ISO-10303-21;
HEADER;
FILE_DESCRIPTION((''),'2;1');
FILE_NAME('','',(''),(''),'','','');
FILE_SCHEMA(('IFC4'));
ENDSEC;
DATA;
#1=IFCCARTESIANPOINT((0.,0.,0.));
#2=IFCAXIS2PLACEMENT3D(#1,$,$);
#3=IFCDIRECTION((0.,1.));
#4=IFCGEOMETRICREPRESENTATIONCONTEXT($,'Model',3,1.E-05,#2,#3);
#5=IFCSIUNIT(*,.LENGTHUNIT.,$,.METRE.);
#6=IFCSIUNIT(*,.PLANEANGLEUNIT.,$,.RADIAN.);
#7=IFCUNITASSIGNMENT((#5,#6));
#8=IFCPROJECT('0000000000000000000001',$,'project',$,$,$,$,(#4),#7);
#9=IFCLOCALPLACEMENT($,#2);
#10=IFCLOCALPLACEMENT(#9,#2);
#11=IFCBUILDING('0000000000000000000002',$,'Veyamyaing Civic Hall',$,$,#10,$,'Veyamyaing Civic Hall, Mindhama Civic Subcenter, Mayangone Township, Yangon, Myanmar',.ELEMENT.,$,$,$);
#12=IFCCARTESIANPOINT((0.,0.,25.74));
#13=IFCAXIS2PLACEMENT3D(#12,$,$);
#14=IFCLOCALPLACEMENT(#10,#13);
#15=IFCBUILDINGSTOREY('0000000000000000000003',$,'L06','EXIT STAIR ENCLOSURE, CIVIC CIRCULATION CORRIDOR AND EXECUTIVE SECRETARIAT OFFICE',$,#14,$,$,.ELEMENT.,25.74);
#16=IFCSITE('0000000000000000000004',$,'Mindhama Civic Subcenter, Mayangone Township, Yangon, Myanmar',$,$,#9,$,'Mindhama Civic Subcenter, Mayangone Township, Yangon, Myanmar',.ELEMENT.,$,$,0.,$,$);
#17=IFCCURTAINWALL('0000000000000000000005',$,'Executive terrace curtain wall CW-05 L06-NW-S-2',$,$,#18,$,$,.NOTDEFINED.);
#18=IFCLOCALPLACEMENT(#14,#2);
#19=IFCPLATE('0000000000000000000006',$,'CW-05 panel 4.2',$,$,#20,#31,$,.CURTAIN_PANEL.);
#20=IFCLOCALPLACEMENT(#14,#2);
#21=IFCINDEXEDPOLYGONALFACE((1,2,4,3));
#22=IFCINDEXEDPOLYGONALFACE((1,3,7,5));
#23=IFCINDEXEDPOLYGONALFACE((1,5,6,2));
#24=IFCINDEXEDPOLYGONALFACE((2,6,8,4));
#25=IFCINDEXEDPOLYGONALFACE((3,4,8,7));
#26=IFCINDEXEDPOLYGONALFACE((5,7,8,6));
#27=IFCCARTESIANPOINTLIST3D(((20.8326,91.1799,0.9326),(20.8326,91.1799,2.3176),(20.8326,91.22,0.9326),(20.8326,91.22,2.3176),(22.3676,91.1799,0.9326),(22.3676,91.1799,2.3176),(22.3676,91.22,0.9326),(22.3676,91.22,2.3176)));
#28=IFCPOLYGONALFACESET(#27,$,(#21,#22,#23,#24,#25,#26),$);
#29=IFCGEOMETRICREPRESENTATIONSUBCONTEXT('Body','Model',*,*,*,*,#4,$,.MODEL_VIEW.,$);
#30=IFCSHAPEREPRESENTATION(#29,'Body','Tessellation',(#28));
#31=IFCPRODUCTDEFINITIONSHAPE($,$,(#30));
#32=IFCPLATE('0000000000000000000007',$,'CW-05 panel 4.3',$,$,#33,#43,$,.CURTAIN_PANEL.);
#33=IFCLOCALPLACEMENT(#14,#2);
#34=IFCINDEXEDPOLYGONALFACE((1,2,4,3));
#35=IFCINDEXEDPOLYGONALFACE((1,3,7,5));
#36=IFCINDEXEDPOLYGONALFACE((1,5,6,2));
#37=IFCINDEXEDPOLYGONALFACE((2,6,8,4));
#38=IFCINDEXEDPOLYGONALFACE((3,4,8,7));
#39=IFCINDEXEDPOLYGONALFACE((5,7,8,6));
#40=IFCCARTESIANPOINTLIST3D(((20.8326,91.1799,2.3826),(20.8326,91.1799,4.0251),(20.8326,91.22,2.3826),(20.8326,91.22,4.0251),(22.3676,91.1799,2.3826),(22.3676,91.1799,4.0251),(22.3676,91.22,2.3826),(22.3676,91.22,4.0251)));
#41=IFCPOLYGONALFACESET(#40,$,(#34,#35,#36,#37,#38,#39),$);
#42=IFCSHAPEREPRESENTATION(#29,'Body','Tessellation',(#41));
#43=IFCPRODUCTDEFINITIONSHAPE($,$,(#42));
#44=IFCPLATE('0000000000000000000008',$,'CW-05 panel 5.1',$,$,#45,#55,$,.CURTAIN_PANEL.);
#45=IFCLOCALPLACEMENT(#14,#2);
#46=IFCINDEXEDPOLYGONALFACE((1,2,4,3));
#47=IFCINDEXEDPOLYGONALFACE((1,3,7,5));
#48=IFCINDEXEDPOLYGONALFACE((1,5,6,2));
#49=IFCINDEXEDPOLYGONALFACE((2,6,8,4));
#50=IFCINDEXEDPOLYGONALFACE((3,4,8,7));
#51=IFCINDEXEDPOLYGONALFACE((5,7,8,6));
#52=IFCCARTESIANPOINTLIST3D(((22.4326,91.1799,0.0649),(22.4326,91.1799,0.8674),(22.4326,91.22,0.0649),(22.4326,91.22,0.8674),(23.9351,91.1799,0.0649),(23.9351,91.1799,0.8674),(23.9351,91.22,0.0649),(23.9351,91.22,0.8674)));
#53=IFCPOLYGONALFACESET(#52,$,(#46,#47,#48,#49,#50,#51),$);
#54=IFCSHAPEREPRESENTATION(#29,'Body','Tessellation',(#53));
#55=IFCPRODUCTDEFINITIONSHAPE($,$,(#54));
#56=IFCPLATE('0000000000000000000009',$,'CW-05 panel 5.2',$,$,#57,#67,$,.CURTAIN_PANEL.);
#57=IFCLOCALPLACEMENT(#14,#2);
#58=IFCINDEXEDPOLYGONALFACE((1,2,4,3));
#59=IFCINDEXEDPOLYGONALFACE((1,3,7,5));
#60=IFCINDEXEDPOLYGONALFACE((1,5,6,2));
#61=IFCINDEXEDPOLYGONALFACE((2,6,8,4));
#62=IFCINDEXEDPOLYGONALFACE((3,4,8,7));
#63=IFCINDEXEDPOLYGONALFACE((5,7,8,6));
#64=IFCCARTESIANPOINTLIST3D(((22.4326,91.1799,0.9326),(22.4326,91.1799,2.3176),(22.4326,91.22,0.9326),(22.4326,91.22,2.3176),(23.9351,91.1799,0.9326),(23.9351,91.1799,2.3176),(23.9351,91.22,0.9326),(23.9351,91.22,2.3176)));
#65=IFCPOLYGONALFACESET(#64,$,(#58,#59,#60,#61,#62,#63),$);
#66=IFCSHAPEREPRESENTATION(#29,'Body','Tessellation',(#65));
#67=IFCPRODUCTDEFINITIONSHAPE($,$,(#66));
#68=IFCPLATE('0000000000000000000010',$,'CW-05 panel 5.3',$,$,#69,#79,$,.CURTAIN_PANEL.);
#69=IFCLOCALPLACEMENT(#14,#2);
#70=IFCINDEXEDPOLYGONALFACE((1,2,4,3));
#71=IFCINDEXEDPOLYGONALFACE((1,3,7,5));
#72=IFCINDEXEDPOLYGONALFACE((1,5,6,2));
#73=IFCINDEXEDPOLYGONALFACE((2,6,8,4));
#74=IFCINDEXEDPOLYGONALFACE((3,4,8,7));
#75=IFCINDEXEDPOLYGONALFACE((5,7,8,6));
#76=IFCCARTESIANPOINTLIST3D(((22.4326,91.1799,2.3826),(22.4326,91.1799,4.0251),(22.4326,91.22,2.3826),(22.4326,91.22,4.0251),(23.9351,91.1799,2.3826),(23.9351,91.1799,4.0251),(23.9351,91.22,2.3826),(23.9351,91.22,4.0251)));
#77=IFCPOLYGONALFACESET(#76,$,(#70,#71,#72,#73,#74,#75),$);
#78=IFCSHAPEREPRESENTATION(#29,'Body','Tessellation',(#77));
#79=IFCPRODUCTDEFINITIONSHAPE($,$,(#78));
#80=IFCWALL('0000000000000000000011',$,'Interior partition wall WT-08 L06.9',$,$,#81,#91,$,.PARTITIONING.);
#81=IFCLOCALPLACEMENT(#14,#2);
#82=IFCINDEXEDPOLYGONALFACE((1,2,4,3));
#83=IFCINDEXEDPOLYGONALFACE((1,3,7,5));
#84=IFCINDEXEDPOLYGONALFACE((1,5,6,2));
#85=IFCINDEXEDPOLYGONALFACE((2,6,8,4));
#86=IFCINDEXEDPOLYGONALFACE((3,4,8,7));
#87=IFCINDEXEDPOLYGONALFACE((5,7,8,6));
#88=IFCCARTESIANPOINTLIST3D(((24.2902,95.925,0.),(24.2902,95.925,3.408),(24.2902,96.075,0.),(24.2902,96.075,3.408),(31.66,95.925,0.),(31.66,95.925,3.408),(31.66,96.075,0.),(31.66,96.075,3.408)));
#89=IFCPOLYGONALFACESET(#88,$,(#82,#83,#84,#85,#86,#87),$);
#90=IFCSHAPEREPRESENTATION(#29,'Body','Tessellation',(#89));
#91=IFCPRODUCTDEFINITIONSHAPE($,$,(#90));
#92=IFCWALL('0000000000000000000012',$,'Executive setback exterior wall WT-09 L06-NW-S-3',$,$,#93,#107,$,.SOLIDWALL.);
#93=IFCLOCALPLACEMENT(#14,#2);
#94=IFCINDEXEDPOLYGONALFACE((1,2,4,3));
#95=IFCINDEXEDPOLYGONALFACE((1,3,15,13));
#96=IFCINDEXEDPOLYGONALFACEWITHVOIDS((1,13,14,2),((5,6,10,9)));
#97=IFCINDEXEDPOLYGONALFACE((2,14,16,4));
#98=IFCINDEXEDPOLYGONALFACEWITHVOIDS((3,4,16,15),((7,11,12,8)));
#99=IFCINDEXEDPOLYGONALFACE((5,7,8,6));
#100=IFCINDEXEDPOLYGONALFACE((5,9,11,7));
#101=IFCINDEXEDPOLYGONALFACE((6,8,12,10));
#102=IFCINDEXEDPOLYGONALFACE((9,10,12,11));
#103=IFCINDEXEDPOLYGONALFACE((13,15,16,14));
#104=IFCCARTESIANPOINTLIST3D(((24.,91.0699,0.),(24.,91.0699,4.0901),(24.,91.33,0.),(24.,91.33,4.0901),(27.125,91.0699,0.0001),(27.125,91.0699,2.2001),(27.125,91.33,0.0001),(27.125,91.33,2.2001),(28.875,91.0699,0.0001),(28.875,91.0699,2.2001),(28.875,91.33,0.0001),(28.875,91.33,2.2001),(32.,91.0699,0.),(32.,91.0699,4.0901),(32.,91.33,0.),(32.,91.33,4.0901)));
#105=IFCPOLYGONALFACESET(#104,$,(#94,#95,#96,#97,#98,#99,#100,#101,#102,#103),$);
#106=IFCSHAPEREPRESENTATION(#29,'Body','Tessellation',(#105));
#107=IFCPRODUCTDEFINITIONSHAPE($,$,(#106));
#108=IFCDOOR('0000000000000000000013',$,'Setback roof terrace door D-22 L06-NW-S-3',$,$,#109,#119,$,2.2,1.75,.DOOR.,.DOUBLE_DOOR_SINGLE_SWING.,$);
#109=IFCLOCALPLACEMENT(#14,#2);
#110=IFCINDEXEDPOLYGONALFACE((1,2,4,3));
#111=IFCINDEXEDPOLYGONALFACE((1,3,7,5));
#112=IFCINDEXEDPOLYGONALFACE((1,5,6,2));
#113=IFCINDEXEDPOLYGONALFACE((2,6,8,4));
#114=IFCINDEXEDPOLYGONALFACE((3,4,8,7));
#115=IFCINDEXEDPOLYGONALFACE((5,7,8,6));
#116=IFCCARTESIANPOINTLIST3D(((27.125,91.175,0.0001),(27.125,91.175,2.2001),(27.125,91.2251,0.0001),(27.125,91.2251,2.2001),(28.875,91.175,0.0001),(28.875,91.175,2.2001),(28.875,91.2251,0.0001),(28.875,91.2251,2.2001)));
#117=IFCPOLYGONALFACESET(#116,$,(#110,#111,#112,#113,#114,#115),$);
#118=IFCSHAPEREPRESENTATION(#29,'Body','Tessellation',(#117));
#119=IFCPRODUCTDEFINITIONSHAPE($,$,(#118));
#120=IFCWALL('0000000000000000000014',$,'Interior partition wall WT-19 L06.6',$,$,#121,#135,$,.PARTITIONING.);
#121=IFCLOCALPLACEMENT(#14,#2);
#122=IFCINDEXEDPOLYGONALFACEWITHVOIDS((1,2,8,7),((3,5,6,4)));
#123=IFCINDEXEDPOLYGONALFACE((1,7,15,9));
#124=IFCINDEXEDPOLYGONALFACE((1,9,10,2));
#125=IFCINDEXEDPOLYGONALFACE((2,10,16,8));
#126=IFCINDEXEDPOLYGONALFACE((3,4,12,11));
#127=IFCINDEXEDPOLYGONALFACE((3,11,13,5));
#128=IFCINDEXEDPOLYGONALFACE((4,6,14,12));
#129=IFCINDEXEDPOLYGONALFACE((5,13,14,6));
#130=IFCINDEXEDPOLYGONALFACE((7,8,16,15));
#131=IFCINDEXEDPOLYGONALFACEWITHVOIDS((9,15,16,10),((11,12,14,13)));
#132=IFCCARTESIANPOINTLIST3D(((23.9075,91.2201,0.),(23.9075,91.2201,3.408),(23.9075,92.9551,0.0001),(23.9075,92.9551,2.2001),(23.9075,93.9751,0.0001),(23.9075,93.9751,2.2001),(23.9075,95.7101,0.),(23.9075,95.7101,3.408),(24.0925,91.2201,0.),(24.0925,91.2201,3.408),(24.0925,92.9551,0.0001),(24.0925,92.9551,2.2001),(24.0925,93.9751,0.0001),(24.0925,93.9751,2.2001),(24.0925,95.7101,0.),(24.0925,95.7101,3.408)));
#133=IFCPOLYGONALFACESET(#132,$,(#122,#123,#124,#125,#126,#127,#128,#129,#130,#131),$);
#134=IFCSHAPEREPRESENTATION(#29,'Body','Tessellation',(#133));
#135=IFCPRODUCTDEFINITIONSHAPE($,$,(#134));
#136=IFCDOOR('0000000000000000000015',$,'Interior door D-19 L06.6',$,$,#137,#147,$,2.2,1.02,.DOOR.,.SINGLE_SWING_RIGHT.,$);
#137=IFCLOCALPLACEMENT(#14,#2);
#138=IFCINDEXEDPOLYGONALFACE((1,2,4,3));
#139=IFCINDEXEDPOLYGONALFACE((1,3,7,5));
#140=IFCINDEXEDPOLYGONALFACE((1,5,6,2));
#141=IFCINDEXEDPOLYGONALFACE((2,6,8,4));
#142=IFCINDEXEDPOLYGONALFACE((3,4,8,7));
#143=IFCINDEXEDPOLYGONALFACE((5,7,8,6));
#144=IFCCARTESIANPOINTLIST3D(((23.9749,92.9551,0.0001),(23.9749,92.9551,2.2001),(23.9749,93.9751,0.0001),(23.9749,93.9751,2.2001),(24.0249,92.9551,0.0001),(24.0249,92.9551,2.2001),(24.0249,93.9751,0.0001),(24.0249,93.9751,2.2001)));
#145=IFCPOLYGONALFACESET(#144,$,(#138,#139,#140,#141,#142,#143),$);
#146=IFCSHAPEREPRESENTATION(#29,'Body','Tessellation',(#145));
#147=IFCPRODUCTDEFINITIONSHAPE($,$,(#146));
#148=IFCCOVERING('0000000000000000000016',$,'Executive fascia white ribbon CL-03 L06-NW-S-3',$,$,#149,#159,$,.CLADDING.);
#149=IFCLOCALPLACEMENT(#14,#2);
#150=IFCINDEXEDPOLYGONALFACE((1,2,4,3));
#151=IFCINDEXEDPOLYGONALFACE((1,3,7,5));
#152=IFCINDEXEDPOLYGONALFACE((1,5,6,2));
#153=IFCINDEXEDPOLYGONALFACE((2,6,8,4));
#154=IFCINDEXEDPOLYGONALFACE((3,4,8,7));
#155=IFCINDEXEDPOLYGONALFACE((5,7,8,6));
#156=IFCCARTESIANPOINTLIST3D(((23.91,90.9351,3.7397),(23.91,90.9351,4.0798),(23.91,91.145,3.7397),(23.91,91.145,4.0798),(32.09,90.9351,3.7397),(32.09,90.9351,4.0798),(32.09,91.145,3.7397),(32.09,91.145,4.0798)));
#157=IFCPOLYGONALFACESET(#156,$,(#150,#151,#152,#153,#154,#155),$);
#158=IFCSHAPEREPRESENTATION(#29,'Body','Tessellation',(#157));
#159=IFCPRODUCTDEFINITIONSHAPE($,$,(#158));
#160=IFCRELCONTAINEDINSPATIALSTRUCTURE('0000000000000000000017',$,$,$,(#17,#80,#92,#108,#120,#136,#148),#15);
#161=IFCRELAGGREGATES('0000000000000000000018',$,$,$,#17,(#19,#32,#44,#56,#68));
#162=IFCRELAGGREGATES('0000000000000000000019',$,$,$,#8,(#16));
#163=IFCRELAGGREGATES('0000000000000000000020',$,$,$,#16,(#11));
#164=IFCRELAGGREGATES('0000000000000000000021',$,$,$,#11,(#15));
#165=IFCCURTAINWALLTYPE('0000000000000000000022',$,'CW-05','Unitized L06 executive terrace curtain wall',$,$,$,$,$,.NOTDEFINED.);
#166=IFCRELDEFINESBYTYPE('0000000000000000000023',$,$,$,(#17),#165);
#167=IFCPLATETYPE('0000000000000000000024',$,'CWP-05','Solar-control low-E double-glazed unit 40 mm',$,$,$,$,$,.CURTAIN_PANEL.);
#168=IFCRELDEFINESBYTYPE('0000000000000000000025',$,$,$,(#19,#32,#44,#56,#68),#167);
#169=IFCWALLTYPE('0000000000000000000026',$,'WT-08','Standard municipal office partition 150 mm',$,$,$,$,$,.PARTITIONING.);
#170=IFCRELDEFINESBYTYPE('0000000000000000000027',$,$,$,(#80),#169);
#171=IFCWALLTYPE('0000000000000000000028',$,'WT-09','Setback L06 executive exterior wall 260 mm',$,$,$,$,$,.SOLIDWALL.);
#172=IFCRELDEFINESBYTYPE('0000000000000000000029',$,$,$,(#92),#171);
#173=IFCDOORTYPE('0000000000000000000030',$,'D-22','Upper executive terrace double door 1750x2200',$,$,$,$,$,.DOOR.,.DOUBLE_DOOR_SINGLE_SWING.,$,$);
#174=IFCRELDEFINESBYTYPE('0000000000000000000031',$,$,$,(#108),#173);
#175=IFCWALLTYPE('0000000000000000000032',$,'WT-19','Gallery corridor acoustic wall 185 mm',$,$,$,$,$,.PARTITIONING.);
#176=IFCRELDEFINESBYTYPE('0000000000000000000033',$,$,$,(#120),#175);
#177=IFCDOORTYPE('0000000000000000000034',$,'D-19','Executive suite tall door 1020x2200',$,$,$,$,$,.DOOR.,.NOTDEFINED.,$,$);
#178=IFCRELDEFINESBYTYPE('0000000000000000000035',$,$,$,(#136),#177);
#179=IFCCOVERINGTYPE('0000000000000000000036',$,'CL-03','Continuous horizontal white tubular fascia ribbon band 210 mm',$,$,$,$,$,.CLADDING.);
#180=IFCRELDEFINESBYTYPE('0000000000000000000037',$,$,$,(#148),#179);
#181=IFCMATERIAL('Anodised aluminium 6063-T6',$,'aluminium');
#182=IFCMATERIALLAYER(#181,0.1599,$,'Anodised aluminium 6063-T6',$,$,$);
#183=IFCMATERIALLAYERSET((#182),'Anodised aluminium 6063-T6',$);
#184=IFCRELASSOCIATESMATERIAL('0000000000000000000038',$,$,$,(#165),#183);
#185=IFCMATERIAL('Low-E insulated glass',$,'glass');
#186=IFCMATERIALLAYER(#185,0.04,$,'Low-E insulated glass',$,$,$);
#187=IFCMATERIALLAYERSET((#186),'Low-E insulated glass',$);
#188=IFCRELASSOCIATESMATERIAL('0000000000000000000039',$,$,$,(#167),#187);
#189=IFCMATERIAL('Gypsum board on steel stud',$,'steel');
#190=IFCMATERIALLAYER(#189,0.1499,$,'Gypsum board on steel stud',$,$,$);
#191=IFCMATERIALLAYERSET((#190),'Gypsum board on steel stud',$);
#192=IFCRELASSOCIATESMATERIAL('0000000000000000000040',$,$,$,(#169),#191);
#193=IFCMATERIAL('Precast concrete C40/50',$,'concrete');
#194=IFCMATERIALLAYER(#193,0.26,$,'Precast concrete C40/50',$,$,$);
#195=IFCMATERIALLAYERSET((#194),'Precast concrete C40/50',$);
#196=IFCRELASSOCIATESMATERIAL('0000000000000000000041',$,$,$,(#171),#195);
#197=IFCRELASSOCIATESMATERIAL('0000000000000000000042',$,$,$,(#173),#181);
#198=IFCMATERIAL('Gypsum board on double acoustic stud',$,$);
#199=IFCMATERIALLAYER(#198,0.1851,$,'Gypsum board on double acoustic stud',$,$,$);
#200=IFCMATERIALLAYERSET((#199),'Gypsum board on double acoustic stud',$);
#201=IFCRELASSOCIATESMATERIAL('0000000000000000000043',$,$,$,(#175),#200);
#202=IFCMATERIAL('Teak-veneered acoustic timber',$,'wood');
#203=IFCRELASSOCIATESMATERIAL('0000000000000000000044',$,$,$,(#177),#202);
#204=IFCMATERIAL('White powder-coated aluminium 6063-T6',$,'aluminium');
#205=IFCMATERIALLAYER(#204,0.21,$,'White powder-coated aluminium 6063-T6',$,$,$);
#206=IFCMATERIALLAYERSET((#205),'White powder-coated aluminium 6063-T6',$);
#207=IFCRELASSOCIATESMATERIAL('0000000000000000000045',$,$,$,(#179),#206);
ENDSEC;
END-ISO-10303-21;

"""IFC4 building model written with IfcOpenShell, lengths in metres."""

from ifc_helpers import new_model, si_unit, direction, frame, frame_2d, origin, origin_2d, place, context, subcontext, project, spatial, rectangle, extrude, material, layer, layer_set, type_object, element, fill, aggregate, save


model = new_model("IFC4")

# Units and contexts
model_context = context("Model", 3, precision=1e-05, world=origin(), true_north=direction((0.0, 1.0)))
body_context = subcontext(model_context, "Body", "Model", "MODEL_VIEW")
ifc_project = project(units=[si_unit("LENGTHUNIT", "METRE"), si_unit("PLANEANGLEUNIT", "RADIAN")], contexts=[model_context])

# Site, building, storey
site_placement = place(None, origin())
site = spatial("IfcSite", under=ifc_project, at=site_placement, Name="Mindhama Civic Subcenter, Mayangone Township, Yangon, Myanmar", LongName="Mindhama Civic Subcenter, Mayangone Township, Yangon, Myanmar", CompositionType="ELEMENT", RefElevation=0.0)
building_placement = place(site_placement, origin())
building = spatial("IfcBuilding", under=site, at=building_placement, Name="Veyamyaing Civic Hall", LongName="Veyamyaing Civic Hall, Mindhama Civic Subcenter, Mayangone Township, Yangon, Myanmar", CompositionType="ELEMENT")
storey_placement = place(building_placement, frame((0.0, 0.0, 25.74)))
storey = spatial("IfcBuildingStorey", under=building, at=storey_placement, Name="L06", Description="EXIT STAIR ENCLOSURE, CIVIC CIRCULATION CORRIDOR AND EXECUTIVE SECRETARIAT OFFICE", CompositionType="ELEMENT", Elevation=25.74)

# Curtain wall
ifc_material_1 = material(Name="Anodised aluminium 6063-T6", Category="aluminium")
ifc_layer_1 = layer(ifc_material_1, 0.1599, Name="Anodised aluminium 6063-T6")
ifc_layer_set_1 = layer_set([ifc_layer_1], Name="Anodised aluminium 6063-T6")
curtain_wall_type = type_object("IfcCurtainWallType", Name="CW-05", Description="Unitized L06 executive terrace curtain wall", PredefinedType="NOTDEFINED", material=ifc_layer_set_1)
curtain_wall_placement = place(storey_placement, origin())
curtain_wall = element("IfcCurtainWall", 1, at=curtain_wall_placement, inside=storey, type_object=curtain_wall_type, Name="Executive terrace curtain wall CW-05 L06-NW-S-2", PredefinedType="NOTDEFINED")

# Plates
ifc_material_2 = material(Name="Low-E insulated glass", Category="glass")
ifc_layer_2 = layer(ifc_material_2, 0.04, Name="Low-E insulated glass")
ifc_layer_set_2 = layer_set([ifc_layer_2], Name="Low-E insulated glass")
plate_type = type_object("IfcPlateType", Name="CWP-05", Description="Solar-control low-E double-glazed unit 40 mm", PredefinedType="CURTAIN_PANEL", material=ifc_layer_set_2)
plate_1_placement = place(storey_placement, frame((21.6001, 91.2, 0.9326), z_axis=(0.0, 0.0, 1.0), x_axis=(1.0, 0.0, 0.0)))
plate_1 = element("IfcPlate", 2, at=plate_1_placement, type_object=plate_type, Name="CW-05 panel 4.2", PredefinedType="CURTAIN_PANEL", context=body_context, shape_type="SweptSolid", body=[
    extrude(rectangle(XDim=1.5349, YDim=0.04, at=origin_2d()), origin(), (0.0, 0.0, 1.0), 1.385),
])
plate_2_placement = place(storey_placement, frame((21.6001, 91.2, 2.3826), z_axis=(0.0, 0.0, 1.0), x_axis=(1.0, 0.0, 0.0)))
plate_2 = element("IfcPlate", 3, at=plate_2_placement, type_object=plate_type, Name="CW-05 panel 4.3", PredefinedType="CURTAIN_PANEL", context=body_context, shape_type="SweptSolid", body=[
    extrude(rectangle(XDim=1.5349, YDim=0.04, at=origin_2d()), origin(), (0.0, 0.0, 1.0), 1.6426),
])
plate_3_placement = place(storey_placement, frame((23.1838, 91.2, 0.0649), z_axis=(0.0, 0.0, 1.0), x_axis=(1.0, 0.0, 0.0)))
plate_3 = element("IfcPlate", 4, at=plate_3_placement, type_object=plate_type, Name="CW-05 panel 5.1", PredefinedType="CURTAIN_PANEL", context=body_context, shape_type="SweptSolid", body=[
    extrude(rectangle(XDim=1.5024, YDim=0.04, at=origin_2d()), origin(), (0.0, 0.0, 1.0), 0.8025),
])
plate_4_placement = place(storey_placement, frame((23.1838, 91.2, 0.9326), z_axis=(0.0, 0.0, 1.0), x_axis=(1.0, 0.0, 0.0)))
plate_4 = element("IfcPlate", 5, at=plate_4_placement, type_object=plate_type, Name="CW-05 panel 5.2", PredefinedType="CURTAIN_PANEL", context=body_context, shape_type="SweptSolid", body=[
    extrude(rectangle(XDim=1.5024, YDim=0.04, at=origin_2d()), origin(), (0.0, 0.0, 1.0), 1.385),
])
plate_5_placement = place(storey_placement, frame((23.1838, 91.2, 2.3826), z_axis=(0.0, 0.0, 1.0), x_axis=(1.0, 0.0, 0.0)))
plate_5 = element("IfcPlate", 6, at=plate_5_placement, type_object=plate_type, Name="CW-05 panel 5.3", PredefinedType="CURTAIN_PANEL", context=body_context, shape_type="SweptSolid", body=[
    extrude(rectangle(XDim=1.5024, YDim=0.04, at=origin_2d()), origin(), (0.0, 0.0, 1.0), 1.6426),
])
aggregate(curtain_wall, [plate_1, plate_2, plate_3, plate_4, plate_5])

# Wall
ifc_material_3 = material(Name="Gypsum board on steel stud", Category="steel")
ifc_layer_3 = layer(ifc_material_3, 0.1499, Name="Gypsum board on steel stud")
ifc_layer_set_3 = layer_set([ifc_layer_3], Name="Gypsum board on steel stud")
wall_type_1 = type_object("IfcWallType", Name="WT-08", Description="Standard municipal office partition 150 mm", PredefinedType="PARTITIONING", material=ifc_layer_set_3)
wall_1_placement = place(storey_placement, frame((24.29, 96.0, 0.0), z_axis=(0.0, 0.0, 1.0), x_axis=(1.0, 0.0, 0.0)))
element("IfcWall", 7, at=wall_1_placement, inside=storey, type_object=wall_type_1, Name="Interior partition wall WT-08 L06.9", PredefinedType="PARTITIONING", context=body_context, shape_type="SweptSolid", body=[
    extrude(rectangle(XDim=7.3699, YDim=0.1499, at=frame_2d((3.6851, 0.0))), origin(), (0.0, 0.0, 1.0), 3.408),
])

# Walls, openings, doors
ifc_material_4 = material(Name="Precast concrete C40/50", Category="concrete")
ifc_layer_4 = layer(ifc_material_4, 0.26, Name="Precast concrete C40/50")
ifc_layer_set_4 = layer_set([ifc_layer_4], Name="Precast concrete C40/50")
wall_type_2 = type_object("IfcWallType", Name="WT-09", Description="Setback L06 executive exterior wall 260 mm", PredefinedType="SOLIDWALL", material=ifc_layer_set_4)
wall_2_placement = place(storey_placement, frame((24.0, 91.2, 0.0), z_axis=(0.0, 0.0, 1.0), x_axis=(1.0, 0.0, 0.0)))
wall_2 = element("IfcWall", 8, at=wall_2_placement, inside=storey, type_object=wall_type_2, Name="Executive setback exterior wall WT-09 L06-NW-S-3", PredefinedType="SOLIDWALL", context=body_context, shape_type="SweptSolid", body=[
    extrude(rectangle(XDim=8.0, YDim=0.26, at=frame_2d((4.0, 0.0))), origin(), (0.0, 0.0, 1.0), 4.0901),
])
opening_1_placement = place(wall_2_placement, frame((3.125, 0.0, 0.0)))
opening_1 = element("IfcOpeningElement", 9, at=opening_1_placement, cuts=wall_2, PredefinedType="OPENING", context=body_context, shape_type="SweptSolid", body=[
    extrude(rectangle(XDim=1.75, YDim=2.2, at=frame_2d((0.875, 1.1001))), frame((0.0, 0.1399, 0.0), z_axis=(0.0, -1.0, 0.0), x_axis=(1.0, 0.0, 0.0)), (0.0, 0.0, 1.0), 0.28),
])
door_type_1 = type_object("IfcDoorType", Name="D-22", Description="Upper executive terrace double door 1750x2200", OperationType="DOUBLE_DOOR_SINGLE_SWING", PredefinedType="DOOR", material=ifc_material_1)
door_1_placement = place(opening_1_placement, frame((1.75, 0.0, 0.0), z_axis=(0.0, 0.0, 1.0), x_axis=(-1.0, 0.0, 0.0)))
door_1 = element("IfcDoor", 10, at=door_1_placement, inside=storey, type_object=door_type_1, Name="Setback roof terrace door D-22 L06-NW-S-3", OperationType="DOUBLE_DOOR_SINGLE_SWING", OverallHeight=2.2, OverallWidth=1.75, PredefinedType="DOOR", context=body_context, shape_type="SweptSolid", body=[
    extrude(rectangle(XDim=1.75, YDim=2.2, at=frame_2d((0.875, 1.1001))), frame((0.0, 0.0249, 0.0), z_axis=(0.0, -1.0, 0.0), x_axis=(1.0, 0.0, 0.0)), (0.0, 0.0, 1.0), 0.05),
])
fill(opening_1, door_1)
ifc_material_5 = material(Name="Gypsum board on double acoustic stud")
ifc_layer_5 = layer(ifc_material_5, 0.1851, Name="Gypsum board on double acoustic stud")
ifc_layer_set_5 = layer_set([ifc_layer_5], Name="Gypsum board on double acoustic stud")
wall_type_3 = type_object("IfcWallType", Name="WT-19", Description="Gallery corridor acoustic wall 185 mm", PredefinedType="PARTITIONING", material=ifc_layer_set_5)
wall_3_placement = place(storey_placement, frame((24.0, 91.22, 0.0), z_axis=(0.0, 0.0, 1.0), x_axis=(0.0, 1.0, 0.0)))
wall_3 = element("IfcWall", 11, at=wall_3_placement, inside=storey, type_object=wall_type_3, Name="Interior partition wall WT-19 L06.6", PredefinedType="PARTITIONING", context=body_context, shape_type="SweptSolid", body=[
    extrude(rectangle(XDim=4.49, YDim=0.1851, at=frame_2d((2.2451, 0.0))), origin(), (0.0, 0.0, 1.0), 3.408),
])
opening_2_placement = place(wall_3_placement, frame((1.7351, 0.0, 0.0)))
opening_2 = element("IfcOpeningElement", 12, at=opening_2_placement, cuts=wall_3, PredefinedType="OPENING", context=body_context, shape_type="SweptSolid", body=[
    extrude(rectangle(XDim=1.02, YDim=2.2, at=frame_2d((0.51, 1.1001))), frame((0.0, 0.1025, 0.0), z_axis=(0.0, -1.0, 0.0), x_axis=(1.0, 0.0, 0.0)), (0.0, 0.0, 1.0), 0.2051),
])
ifc_material_6 = material(Name="Teak-veneered acoustic timber", Category="wood")
door_type_2 = type_object("IfcDoorType", Name="D-19", Description="Executive suite tall door 1020x2200", OperationType="NOTDEFINED", PredefinedType="DOOR", material=ifc_material_6)
door_2_placement = place(opening_2_placement, frame((1.02, 0.0, 0.0), z_axis=(0.0, 0.0, 1.0), x_axis=(-1.0, 0.0, 0.0)))
door_2 = element("IfcDoor", 13, at=door_2_placement, inside=storey, type_object=door_type_2, Name="Interior door D-19 L06.6", OperationType="SINGLE_SWING_RIGHT", OverallHeight=2.2, OverallWidth=1.02, PredefinedType="DOOR", context=body_context, shape_type="SweptSolid", body=[
    extrude(rectangle(XDim=1.02, YDim=2.2, at=frame_2d((0.51, 1.1001))), frame((0.0, 0.0249, 0.0), z_axis=(0.0, -1.0, 0.0), x_axis=(1.0, 0.0, 0.0)), (0.0, 0.0, 1.0), 0.05),
])
fill(opening_2, door_2)

# Covering
ifc_material_7 = material(Name="White powder-coated aluminium 6063-T6", Category="aluminium")
ifc_layer_6 = layer(ifc_material_7, 0.21, Name="White powder-coated aluminium 6063-T6")
ifc_layer_set_6 = layer_set([ifc_layer_6], Name="White powder-coated aluminium 6063-T6")
covering_type = type_object("IfcCoveringType", Name="CL-03", Description="Continuous horizontal white tubular fascia ribbon band 210 mm", PredefinedType="CLADDING", material=ifc_layer_set_6)
covering_placement = place(storey_placement, frame((28.0, 91.04, 3.7397), z_axis=(0.0, 0.0, 1.0), x_axis=(1.0, 0.0, 0.0)))
element("IfcCovering", 14, at=covering_placement, inside=storey, type_object=covering_type, Name="Executive fascia white ribbon CL-03 L06-NW-S-3", PredefinedType="CLADDING", context=body_context, shape_type="SweptSolid", body=[
    extrude(rectangle(XDim=8.1799, YDim=0.21, at=origin_2d()), origin(), (0.0, 0.0, 1.0), 0.3401),
])

save(model, "model.ifc")
